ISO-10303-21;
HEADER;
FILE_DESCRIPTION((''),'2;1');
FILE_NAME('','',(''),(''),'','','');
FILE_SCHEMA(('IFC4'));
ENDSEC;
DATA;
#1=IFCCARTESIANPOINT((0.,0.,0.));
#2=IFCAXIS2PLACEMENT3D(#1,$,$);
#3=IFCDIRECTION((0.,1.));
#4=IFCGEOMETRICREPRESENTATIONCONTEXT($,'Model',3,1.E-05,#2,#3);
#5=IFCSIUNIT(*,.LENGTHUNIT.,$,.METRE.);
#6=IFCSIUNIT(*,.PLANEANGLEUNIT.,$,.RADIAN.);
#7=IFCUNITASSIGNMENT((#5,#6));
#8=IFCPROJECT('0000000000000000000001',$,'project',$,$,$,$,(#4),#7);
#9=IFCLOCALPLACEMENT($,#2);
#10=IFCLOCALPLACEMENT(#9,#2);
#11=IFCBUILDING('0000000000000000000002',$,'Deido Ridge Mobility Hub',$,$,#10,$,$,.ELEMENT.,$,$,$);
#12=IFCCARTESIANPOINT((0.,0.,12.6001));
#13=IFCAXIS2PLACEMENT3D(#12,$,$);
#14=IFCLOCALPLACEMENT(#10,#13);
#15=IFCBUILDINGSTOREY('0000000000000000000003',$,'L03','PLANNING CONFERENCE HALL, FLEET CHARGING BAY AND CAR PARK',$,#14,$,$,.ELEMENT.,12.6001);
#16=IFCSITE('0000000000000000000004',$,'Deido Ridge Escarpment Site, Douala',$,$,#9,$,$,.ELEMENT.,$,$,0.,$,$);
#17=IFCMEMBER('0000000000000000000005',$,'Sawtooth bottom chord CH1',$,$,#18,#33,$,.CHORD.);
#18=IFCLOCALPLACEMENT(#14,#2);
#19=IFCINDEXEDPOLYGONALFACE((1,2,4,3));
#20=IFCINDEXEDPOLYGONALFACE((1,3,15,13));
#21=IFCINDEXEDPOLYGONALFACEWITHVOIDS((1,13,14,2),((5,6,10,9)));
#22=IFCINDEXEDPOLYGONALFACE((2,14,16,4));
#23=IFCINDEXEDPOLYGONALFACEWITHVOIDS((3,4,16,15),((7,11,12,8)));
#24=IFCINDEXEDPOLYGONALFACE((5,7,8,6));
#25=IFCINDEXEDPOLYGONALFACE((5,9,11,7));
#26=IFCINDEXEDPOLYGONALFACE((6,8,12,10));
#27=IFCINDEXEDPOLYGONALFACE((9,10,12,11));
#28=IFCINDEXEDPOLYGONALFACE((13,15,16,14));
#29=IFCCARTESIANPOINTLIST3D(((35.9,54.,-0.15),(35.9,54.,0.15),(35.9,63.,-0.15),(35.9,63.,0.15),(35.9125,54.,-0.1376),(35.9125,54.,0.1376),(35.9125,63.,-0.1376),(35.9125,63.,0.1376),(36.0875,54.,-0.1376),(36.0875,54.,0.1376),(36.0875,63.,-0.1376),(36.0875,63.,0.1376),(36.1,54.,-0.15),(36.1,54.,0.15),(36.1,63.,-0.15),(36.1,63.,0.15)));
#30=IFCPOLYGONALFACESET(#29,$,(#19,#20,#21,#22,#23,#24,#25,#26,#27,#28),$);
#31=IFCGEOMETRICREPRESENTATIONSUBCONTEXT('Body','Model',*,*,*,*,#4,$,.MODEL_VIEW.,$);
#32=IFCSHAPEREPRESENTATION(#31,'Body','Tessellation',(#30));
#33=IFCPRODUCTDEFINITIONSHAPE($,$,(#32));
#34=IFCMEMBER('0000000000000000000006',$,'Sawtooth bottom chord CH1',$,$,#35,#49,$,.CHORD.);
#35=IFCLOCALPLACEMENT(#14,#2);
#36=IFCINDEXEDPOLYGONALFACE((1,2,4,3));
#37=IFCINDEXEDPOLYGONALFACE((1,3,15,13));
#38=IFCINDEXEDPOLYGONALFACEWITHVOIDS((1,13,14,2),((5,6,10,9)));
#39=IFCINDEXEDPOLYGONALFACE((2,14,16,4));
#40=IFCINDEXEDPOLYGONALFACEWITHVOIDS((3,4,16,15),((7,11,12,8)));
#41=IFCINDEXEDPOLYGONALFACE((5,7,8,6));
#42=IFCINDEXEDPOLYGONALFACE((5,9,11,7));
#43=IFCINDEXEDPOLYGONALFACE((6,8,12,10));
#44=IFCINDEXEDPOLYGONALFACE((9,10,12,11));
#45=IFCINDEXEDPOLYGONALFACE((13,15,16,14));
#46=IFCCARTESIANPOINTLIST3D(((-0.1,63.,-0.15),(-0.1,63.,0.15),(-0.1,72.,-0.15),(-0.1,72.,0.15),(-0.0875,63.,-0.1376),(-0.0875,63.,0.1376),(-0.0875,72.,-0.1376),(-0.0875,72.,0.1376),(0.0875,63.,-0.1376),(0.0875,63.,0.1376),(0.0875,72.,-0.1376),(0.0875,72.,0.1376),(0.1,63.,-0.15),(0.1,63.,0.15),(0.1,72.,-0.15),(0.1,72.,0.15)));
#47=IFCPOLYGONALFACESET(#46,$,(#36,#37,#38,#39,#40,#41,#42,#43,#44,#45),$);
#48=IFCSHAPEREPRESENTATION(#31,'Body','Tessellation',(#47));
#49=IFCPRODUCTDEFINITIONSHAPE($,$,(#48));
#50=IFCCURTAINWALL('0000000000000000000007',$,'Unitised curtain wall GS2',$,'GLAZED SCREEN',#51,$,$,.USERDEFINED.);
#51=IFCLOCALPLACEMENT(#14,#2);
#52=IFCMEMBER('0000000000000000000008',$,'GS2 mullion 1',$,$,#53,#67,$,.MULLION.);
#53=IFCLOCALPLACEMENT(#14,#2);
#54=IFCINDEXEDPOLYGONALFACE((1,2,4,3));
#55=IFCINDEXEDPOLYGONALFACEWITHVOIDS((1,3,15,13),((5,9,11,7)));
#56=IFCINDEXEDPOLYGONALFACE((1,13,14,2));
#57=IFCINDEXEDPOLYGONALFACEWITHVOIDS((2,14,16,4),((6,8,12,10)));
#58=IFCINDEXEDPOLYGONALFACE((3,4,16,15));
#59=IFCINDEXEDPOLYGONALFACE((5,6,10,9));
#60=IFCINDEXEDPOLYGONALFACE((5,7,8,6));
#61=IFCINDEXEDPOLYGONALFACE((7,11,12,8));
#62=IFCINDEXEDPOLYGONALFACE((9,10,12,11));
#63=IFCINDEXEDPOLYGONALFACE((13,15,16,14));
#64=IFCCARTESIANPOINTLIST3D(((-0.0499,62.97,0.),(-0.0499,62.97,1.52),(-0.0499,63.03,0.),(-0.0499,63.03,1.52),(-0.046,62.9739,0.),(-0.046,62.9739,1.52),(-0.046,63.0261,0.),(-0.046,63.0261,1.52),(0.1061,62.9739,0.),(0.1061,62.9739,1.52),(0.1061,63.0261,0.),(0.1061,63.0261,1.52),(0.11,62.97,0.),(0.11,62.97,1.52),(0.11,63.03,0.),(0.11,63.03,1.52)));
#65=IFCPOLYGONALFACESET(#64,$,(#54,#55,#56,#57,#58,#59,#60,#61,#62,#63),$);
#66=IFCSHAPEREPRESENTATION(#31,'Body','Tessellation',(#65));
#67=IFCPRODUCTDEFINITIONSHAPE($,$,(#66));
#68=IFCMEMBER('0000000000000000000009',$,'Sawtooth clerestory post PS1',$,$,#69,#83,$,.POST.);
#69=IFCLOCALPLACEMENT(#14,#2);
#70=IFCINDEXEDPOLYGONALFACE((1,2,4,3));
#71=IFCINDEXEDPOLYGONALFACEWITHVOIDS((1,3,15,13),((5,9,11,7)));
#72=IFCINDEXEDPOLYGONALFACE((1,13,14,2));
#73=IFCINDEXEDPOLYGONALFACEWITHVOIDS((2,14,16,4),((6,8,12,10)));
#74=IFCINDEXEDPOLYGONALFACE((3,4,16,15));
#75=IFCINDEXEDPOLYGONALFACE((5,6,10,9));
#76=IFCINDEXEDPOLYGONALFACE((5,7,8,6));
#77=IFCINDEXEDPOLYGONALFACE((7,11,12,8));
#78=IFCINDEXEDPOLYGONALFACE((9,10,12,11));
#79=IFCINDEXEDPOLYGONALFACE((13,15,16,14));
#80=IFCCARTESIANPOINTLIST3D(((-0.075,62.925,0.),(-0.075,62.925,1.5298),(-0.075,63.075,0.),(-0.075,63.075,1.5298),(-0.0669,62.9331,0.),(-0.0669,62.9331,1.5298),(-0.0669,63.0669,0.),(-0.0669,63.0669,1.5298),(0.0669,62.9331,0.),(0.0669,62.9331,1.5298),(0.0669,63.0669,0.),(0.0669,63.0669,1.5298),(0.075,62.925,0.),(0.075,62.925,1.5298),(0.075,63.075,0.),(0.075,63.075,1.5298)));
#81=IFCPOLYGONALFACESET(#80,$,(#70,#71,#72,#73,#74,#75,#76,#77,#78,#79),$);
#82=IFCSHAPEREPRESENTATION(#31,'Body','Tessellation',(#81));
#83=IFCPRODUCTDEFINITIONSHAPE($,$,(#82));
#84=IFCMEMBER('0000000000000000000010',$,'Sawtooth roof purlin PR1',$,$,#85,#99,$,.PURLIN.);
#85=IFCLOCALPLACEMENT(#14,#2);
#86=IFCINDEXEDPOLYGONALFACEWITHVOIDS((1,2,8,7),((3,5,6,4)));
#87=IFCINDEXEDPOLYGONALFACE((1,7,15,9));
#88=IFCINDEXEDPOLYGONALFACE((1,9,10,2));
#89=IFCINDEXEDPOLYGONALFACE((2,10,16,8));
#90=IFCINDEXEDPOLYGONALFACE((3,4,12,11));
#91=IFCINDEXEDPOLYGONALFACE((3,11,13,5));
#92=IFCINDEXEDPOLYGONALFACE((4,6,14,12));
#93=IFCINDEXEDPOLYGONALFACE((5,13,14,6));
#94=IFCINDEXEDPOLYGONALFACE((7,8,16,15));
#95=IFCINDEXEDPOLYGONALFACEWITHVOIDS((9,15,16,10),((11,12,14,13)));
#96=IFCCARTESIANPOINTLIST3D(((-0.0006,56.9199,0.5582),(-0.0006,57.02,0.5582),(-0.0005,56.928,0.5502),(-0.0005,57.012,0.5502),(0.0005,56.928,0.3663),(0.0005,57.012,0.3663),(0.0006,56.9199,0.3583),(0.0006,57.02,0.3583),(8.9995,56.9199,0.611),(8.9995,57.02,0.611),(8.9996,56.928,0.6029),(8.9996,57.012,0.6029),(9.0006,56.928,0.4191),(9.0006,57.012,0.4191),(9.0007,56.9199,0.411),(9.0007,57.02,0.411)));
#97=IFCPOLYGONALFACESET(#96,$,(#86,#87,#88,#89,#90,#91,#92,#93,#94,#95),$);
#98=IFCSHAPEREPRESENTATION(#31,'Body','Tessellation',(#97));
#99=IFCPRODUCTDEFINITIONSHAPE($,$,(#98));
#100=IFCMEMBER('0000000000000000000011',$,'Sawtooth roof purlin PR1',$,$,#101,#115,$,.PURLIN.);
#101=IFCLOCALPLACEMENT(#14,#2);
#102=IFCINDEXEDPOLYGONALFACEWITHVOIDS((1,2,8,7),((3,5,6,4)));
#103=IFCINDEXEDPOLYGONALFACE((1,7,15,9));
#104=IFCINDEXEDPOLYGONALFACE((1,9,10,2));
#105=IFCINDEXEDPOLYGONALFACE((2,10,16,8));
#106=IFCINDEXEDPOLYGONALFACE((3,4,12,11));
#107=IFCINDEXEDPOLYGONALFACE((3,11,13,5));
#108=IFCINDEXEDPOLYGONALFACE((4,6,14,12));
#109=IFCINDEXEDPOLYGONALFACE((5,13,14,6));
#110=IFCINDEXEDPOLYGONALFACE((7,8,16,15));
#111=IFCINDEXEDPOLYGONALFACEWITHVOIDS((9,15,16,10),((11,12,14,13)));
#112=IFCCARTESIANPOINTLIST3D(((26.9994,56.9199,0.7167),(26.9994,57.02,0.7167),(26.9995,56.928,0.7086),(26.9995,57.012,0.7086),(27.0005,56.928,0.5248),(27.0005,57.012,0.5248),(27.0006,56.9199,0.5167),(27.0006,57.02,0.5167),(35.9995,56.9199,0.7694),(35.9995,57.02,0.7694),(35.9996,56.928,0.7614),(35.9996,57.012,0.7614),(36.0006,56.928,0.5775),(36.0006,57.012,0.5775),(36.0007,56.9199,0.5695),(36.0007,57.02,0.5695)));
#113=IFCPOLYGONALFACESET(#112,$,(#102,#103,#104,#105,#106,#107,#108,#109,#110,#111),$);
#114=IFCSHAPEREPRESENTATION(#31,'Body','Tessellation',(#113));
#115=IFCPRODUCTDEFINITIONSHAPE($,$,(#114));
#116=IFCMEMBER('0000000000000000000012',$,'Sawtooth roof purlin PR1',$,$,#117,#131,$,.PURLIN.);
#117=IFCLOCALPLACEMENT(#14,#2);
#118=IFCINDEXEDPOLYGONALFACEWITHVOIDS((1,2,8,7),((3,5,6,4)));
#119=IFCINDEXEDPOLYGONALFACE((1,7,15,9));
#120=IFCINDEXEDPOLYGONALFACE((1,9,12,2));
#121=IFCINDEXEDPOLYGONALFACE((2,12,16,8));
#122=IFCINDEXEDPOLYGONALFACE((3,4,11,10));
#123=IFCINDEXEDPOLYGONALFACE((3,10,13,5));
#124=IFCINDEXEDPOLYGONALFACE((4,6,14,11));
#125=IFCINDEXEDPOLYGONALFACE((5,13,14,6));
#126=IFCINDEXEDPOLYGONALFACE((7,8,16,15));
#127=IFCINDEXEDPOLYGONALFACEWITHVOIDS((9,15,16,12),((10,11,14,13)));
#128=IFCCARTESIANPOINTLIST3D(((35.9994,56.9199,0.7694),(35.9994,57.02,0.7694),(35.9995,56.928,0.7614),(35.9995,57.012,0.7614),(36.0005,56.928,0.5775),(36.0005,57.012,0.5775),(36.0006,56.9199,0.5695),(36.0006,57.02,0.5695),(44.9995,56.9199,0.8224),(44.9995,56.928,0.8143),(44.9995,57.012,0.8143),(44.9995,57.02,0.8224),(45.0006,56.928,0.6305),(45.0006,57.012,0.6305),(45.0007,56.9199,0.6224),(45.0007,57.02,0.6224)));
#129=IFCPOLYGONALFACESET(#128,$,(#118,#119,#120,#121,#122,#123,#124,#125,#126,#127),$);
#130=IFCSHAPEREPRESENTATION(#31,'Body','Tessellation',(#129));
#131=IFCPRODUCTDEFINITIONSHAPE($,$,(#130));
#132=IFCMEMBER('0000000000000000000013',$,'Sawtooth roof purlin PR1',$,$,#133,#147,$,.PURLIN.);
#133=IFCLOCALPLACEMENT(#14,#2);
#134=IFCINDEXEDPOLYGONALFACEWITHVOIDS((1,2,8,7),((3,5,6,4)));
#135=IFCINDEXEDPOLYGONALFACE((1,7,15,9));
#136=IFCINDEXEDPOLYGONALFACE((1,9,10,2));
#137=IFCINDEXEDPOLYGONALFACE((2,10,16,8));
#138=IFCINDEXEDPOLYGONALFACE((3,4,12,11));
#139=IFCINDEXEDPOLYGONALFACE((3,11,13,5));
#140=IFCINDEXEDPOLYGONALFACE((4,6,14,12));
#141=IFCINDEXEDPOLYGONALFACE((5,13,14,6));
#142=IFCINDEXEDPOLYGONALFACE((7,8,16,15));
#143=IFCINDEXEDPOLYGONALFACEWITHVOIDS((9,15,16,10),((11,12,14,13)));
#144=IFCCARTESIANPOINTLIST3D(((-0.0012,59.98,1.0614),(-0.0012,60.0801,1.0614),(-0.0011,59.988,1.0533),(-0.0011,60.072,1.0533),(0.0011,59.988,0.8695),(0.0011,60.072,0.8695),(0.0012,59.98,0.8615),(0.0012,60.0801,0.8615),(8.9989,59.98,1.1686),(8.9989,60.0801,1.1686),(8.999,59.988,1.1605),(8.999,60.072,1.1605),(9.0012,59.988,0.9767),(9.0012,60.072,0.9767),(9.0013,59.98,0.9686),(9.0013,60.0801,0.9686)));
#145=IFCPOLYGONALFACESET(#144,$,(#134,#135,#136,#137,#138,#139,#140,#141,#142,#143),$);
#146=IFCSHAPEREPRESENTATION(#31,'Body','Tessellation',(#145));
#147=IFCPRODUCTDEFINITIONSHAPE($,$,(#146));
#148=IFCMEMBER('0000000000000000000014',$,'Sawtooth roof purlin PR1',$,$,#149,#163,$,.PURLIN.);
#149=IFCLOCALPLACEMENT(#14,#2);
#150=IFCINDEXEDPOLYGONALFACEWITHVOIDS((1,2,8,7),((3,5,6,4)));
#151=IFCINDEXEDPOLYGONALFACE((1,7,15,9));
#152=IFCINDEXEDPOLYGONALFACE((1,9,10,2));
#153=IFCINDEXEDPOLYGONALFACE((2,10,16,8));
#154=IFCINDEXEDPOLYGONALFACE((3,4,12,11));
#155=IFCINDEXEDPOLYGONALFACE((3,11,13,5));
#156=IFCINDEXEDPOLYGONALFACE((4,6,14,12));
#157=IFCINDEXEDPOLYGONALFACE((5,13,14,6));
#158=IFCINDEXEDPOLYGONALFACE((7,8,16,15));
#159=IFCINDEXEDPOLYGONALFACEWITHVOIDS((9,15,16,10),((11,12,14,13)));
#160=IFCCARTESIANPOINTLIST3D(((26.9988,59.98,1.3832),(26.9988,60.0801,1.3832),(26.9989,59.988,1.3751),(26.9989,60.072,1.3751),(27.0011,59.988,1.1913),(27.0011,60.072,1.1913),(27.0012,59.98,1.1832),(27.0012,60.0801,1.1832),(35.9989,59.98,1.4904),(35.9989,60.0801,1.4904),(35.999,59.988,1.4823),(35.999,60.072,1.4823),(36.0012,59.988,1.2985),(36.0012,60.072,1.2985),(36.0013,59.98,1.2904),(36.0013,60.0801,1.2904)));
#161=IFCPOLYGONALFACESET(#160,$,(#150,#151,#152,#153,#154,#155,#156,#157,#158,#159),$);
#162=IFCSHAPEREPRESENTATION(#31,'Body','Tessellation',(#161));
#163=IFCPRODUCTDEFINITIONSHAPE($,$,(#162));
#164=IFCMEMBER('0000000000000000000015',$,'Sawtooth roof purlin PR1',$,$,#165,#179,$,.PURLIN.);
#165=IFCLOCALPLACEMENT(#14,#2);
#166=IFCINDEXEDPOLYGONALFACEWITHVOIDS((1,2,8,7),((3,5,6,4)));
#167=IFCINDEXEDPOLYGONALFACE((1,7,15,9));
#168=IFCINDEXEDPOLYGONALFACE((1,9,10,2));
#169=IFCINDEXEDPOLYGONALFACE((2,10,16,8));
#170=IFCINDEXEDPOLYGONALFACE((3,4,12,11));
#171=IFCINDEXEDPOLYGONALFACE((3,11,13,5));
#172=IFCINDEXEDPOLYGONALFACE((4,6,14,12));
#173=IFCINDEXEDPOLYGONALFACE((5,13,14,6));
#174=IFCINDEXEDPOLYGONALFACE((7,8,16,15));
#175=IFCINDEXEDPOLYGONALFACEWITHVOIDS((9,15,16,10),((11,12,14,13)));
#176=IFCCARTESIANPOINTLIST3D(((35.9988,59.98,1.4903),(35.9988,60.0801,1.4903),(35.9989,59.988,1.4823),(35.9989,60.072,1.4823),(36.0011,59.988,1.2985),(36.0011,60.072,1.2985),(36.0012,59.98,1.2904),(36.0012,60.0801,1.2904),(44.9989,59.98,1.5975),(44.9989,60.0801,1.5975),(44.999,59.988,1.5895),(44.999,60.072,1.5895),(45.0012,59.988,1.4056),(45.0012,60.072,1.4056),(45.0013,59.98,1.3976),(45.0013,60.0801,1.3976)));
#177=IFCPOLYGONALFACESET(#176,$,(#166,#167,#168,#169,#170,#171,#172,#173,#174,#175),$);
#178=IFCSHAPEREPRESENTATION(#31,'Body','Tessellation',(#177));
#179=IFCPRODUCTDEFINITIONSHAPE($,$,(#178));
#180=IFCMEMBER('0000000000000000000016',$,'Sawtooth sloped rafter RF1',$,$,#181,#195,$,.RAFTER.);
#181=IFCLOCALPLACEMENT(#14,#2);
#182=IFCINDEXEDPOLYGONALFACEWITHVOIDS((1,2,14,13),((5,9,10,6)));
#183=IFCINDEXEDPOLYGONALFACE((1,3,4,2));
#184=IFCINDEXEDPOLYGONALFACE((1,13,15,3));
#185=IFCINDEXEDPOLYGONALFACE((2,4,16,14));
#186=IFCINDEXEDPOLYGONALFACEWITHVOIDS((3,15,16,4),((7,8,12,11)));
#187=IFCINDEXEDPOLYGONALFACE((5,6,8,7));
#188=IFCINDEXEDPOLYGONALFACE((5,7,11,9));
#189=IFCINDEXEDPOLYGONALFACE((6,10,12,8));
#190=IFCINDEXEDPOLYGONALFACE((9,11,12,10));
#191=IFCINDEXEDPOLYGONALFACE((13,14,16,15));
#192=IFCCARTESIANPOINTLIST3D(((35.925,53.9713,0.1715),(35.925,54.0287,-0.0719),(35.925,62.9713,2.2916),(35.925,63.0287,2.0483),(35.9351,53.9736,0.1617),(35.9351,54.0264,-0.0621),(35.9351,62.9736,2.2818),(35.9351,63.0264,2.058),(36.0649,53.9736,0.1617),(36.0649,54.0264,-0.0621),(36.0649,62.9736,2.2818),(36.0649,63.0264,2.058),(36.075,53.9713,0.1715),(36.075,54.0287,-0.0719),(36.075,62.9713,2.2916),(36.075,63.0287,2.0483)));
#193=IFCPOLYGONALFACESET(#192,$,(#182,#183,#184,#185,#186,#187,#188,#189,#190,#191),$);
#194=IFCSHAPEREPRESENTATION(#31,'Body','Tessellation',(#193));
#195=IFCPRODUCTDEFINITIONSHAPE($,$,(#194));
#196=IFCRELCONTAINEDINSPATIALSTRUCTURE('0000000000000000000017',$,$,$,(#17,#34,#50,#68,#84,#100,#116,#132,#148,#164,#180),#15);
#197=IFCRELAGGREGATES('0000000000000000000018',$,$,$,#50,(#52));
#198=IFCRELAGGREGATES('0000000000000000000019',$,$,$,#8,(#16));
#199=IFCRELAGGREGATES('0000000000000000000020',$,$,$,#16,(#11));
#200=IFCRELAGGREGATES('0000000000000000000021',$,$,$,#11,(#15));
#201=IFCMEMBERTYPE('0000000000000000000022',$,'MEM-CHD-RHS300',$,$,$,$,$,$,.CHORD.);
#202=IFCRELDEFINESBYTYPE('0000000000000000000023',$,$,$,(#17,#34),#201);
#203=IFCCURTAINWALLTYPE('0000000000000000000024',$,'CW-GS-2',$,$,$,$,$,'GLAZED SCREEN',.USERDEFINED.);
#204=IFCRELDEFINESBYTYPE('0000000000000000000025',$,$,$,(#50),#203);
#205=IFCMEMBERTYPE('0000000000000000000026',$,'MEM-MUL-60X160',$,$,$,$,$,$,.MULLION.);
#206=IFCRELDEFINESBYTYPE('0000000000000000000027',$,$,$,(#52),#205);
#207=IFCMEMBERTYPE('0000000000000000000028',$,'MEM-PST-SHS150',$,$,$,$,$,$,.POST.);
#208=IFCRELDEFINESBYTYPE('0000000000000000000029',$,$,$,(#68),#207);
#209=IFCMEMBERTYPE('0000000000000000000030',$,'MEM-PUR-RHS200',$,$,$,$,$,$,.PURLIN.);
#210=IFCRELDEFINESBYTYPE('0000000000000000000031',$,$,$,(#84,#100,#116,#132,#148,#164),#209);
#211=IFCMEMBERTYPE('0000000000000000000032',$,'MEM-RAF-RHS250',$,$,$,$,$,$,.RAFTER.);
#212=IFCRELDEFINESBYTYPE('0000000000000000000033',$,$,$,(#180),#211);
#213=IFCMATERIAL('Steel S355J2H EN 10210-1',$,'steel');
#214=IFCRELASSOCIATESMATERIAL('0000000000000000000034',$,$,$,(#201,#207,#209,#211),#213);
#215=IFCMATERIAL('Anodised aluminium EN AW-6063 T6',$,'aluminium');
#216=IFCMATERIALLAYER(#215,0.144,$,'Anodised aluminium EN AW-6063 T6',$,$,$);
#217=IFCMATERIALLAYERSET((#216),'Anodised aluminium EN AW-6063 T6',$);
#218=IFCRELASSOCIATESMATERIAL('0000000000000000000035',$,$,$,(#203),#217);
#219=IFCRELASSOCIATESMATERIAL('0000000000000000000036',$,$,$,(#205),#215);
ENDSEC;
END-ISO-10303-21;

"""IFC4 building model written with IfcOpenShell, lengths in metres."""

from ifc_helpers import new_model, si_unit, direction, frame, origin, origin_2d, place, context, subcontext, project, spatial, hollow_rectangle, extrude, material, layer, layer_set, material_profile, profile_set, type_object, element, aggregate, save


model = new_model("IFC4")

# Units and contexts
model_context = context("Model", 3, precision=1e-05, world=origin(), true_north=direction((0.0, 1.0)))
body_context = subcontext(model_context, "Body", "Model", "MODEL_VIEW")
ifc_project = project(units=[si_unit("LENGTHUNIT", "METRE"), si_unit("PLANEANGLEUNIT", "RADIAN")], contexts=[model_context])

# Site, building, storey
site_placement = place(None, origin())
site = spatial("IfcSite", under=ifc_project, at=site_placement, Name="Deido Ridge Escarpment Site, Douala", CompositionType="ELEMENT", RefElevation=0.0)
building_placement = place(site_placement, origin())
building = spatial("IfcBuilding", under=site, at=building_placement, Name="Deido Ridge Mobility Hub", CompositionType="ELEMENT")
storey_placement = place(building_placement, frame((0.0, 0.0, 12.6001)))
storey = spatial("IfcBuildingStorey", under=building, at=storey_placement, Name="L03", Description="PLANNING CONFERENCE HALL, FLEET CHARGING BAY AND CAR PARK", CompositionType="ELEMENT", Elevation=12.6001)

# Members
ifc_material_1 = material(Name="Steel S355J2H EN 10210-1", Category="steel")
ifc_material_profile_1 = material_profile(ifc_material_1, hollow_rectangle(XDim=0.2, YDim=0.3, WallThickness=0.0125, at=origin_2d()), Name="RHS 300x200x12.5")
ifc_profile_set_1 = profile_set([ifc_material_profile_1], Name="Steel S355J2H EN 10210-1")
member_type_1 = type_object("IfcMemberType", Name="MEM-CHD-RHS300", PredefinedType="CHORD", material=ifc_profile_set_1)
for number, where, z_axis, x_axis, name in (
    (1, (36.0, 54.0, 0.0), (0.0, 1.0, 0.0), (-1.0, 0.0, 0.0), "Sawtooth bottom chord CH1"),
    (2, (0.0, 63.0, 0.0), (0.0, 1.0, 0.0), (-1.0, 0.0, 0.0), "Sawtooth bottom chord CH1"),
):
    element("IfcMember", number, at=place(storey_placement, frame(where, z_axis=z_axis, x_axis=x_axis)), inside=storey, type_object=member_type_1, Name=name, PredefinedType="CHORD", context=body_context, shape_type="SweptSolid", body=[
        extrude(hollow_rectangle(XDim=0.2, YDim=0.3, WallThickness=0.0125, at=origin_2d()), origin(), (0.0, 0.0, 1.0), 9.0),
    ])

# Curtain wall, member
ifc_material_2 = material(Name="Anodised aluminium EN AW-6063 T6", Category="aluminium")
ifc_layer_1 = layer(ifc_material_2, 0.144, Name="Anodised aluminium EN AW-6063 T6")
ifc_layer_set_1 = layer_set([ifc_layer_1], Name="Anodised aluminium EN AW-6063 T6")
curtain_wall_type = type_object("IfcCurtainWallType", Name="CW-GS-2", ElementType="GLAZED SCREEN", PredefinedType="USERDEFINED", material=ifc_layer_set_1)
curtain_wall_placement = place(storey_placement, origin())
curtain_wall = element("IfcCurtainWall", 3, at=curtain_wall_placement, inside=storey, type_object=curtain_wall_type, Name="Unitised curtain wall GS2", ObjectType="GLAZED SCREEN", PredefinedType="USERDEFINED")
ifc_material_profile_2 = material_profile(ifc_material_2, hollow_rectangle(XDim=0.0601, YDim=0.1599, WallThickness=0.0039, at=origin_2d()), Name="RHS 60x160x4")
ifc_profile_set_2 = profile_set([ifc_material_profile_2], Name="Anodised aluminium EN AW-6063 T6")
member_type_2 = type_object("IfcMemberType", Name="MEM-MUL-60X160", PredefinedType="MULLION", material=ifc_profile_set_2)
member_1_placement = place(storey_placement, frame((0.03, 63.0, 0.0), z_axis=(0.0, 0.0, 1.0), x_axis=(0.0, 1.0, 0.0)))
member_1 = element("IfcMember", 4, at=member_1_placement, type_object=member_type_2, Name="GS2 mullion 1", PredefinedType="MULLION", context=body_context, shape_type="SweptSolid", body=[
    extrude(hollow_rectangle(XDim=0.0601, YDim=0.1599, WallThickness=0.0039, at=origin_2d()), origin(), (0.0, 0.0, 1.0), 1.52),
])
aggregate(curtain_wall, [member_1])

# Members
ifc_material_profile_3 = material_profile(ifc_material_1, hollow_rectangle(XDim=0.1499, YDim=0.1499, WallThickness=0.0081, at=origin_2d()), Name="SHS 150x150x8")
ifc_profile_set_3 = profile_set([ifc_material_profile_3], Name="Steel S355J2H EN 10210-1")
member_type_3 = type_object("IfcMemberType", Name="MEM-PST-SHS150", PredefinedType="POST", material=ifc_profile_set_3)
member_2_placement = place(storey_placement, frame((0.0, 63.0, 0.0), z_axis=(0.0, 0.0, 1.0), x_axis=(1.0, 0.0, 0.0)))
element("IfcMember", 5, at=member_2_placement, inside=storey, type_object=member_type_3, Name="Sawtooth clerestory post PS1", PredefinedType="POST", context=body_context, shape_type="SweptSolid", body=[
    extrude(hollow_rectangle(XDim=0.1499, YDim=0.1499, WallThickness=0.0081, at=origin_2d()), origin(), (0.0, 0.0, 1.0), 1.5298),
])
ifc_material_profile_4 = material_profile(ifc_material_1, hollow_rectangle(XDim=0.1001, YDim=0.2, WallThickness=0.0081, at=origin_2d()), Name="RHS 200x100x8")
ifc_profile_set_4 = profile_set([ifc_material_profile_4], Name="Steel S355J2H EN 10210-1")
member_type_4 = type_object("IfcMemberType", Name="MEM-PUR-RHS200", PredefinedType="PURLIN", material=ifc_profile_set_4)
for number, where, z_axis, x_axis, name in (
    (6, (0.0, 56.97, 0.4583), (0.999983, 0.0, 0.005859), (0.0, 1.0, 0.0), "Sawtooth roof purlin PR1"),
    (7, (27.0, 56.97, 0.6167), (0.999983, 0.0, 0.005859), (0.0, 1.0, 0.0), "Sawtooth roof purlin PR1"),
    (8, (36.0, 56.97, 0.6694), (0.999983, 0.0, 0.005886), (0.0, 1.0, 0.0), "Sawtooth roof purlin PR1"),
):
    element("IfcMember", number, at=place(storey_placement, frame(where, z_axis=z_axis, x_axis=x_axis)), inside=storey, type_object=member_type_4, Name=name, PredefinedType="PURLIN", context=body_context, shape_type="SweptSolid", body=[
        extrude(hollow_rectangle(XDim=0.1001, YDim=0.2, WallThickness=0.0081, at=origin_2d()), origin(), (0.0, 0.0, 1.0), 9.0002),
    ])
for number, where, z_axis, x_axis, name in (
    (9, (0.0, 60.03, 0.9614), (0.999929, 0.0, 0.011908), (0.0, 1.0, 0.0), "Sawtooth roof purlin PR1"),
    (10, (27.0, 60.03, 1.2832), (0.999929, 0.0, 0.011908), (0.0, 1.0, 0.0), "Sawtooth roof purlin PR1"),
    (11, (36.0, 60.03, 1.3904), (0.999929, 0.0, 0.011908), (0.0, 1.0, 0.0), "Sawtooth roof purlin PR1"),
):
    element("IfcMember", number, at=place(storey_placement, frame(where, z_axis=z_axis, x_axis=x_axis)), inside=storey, type_object=member_type_4, Name=name, PredefinedType="PURLIN", context=body_context, shape_type="SweptSolid", body=[
        extrude(hollow_rectangle(XDim=0.1001, YDim=0.2, WallThickness=0.0081, at=origin_2d()), origin(), (0.0, 0.0, 1.0), 9.0007),
    ])
ifc_material_profile_5 = material_profile(ifc_material_1, hollow_rectangle(XDim=0.1499, YDim=0.25, WallThickness=0.01, at=origin_2d()), Name="RHS 250x150x10")
ifc_profile_set_5 = profile_set([ifc_material_profile_5], Name="Steel S355J2H EN 10210-1")
member_type_5 = type_object("IfcMemberType", Name="MEM-RAF-RHS250", PredefinedType="RAFTER", material=ifc_profile_set_5)
member_3_placement = place(storey_placement, frame((36.0, 54.0, 0.0498), z_axis=(0.0, 0.973358, 0.229292), x_axis=(-1.0, 0.0, 0.0)))
element("IfcMember", 12, at=member_3_placement, inside=storey, type_object=member_type_5, Name="Sawtooth sloped rafter RF1", PredefinedType="RAFTER", context=body_context, shape_type="SweptSolid", body=[
    extrude(hollow_rectangle(XDim=0.1499, YDim=0.25, WallThickness=0.01, at=origin_2d()), origin(), (0.0, 0.0, 1.0), 9.2463),
])

save(model, "model.ifc")
